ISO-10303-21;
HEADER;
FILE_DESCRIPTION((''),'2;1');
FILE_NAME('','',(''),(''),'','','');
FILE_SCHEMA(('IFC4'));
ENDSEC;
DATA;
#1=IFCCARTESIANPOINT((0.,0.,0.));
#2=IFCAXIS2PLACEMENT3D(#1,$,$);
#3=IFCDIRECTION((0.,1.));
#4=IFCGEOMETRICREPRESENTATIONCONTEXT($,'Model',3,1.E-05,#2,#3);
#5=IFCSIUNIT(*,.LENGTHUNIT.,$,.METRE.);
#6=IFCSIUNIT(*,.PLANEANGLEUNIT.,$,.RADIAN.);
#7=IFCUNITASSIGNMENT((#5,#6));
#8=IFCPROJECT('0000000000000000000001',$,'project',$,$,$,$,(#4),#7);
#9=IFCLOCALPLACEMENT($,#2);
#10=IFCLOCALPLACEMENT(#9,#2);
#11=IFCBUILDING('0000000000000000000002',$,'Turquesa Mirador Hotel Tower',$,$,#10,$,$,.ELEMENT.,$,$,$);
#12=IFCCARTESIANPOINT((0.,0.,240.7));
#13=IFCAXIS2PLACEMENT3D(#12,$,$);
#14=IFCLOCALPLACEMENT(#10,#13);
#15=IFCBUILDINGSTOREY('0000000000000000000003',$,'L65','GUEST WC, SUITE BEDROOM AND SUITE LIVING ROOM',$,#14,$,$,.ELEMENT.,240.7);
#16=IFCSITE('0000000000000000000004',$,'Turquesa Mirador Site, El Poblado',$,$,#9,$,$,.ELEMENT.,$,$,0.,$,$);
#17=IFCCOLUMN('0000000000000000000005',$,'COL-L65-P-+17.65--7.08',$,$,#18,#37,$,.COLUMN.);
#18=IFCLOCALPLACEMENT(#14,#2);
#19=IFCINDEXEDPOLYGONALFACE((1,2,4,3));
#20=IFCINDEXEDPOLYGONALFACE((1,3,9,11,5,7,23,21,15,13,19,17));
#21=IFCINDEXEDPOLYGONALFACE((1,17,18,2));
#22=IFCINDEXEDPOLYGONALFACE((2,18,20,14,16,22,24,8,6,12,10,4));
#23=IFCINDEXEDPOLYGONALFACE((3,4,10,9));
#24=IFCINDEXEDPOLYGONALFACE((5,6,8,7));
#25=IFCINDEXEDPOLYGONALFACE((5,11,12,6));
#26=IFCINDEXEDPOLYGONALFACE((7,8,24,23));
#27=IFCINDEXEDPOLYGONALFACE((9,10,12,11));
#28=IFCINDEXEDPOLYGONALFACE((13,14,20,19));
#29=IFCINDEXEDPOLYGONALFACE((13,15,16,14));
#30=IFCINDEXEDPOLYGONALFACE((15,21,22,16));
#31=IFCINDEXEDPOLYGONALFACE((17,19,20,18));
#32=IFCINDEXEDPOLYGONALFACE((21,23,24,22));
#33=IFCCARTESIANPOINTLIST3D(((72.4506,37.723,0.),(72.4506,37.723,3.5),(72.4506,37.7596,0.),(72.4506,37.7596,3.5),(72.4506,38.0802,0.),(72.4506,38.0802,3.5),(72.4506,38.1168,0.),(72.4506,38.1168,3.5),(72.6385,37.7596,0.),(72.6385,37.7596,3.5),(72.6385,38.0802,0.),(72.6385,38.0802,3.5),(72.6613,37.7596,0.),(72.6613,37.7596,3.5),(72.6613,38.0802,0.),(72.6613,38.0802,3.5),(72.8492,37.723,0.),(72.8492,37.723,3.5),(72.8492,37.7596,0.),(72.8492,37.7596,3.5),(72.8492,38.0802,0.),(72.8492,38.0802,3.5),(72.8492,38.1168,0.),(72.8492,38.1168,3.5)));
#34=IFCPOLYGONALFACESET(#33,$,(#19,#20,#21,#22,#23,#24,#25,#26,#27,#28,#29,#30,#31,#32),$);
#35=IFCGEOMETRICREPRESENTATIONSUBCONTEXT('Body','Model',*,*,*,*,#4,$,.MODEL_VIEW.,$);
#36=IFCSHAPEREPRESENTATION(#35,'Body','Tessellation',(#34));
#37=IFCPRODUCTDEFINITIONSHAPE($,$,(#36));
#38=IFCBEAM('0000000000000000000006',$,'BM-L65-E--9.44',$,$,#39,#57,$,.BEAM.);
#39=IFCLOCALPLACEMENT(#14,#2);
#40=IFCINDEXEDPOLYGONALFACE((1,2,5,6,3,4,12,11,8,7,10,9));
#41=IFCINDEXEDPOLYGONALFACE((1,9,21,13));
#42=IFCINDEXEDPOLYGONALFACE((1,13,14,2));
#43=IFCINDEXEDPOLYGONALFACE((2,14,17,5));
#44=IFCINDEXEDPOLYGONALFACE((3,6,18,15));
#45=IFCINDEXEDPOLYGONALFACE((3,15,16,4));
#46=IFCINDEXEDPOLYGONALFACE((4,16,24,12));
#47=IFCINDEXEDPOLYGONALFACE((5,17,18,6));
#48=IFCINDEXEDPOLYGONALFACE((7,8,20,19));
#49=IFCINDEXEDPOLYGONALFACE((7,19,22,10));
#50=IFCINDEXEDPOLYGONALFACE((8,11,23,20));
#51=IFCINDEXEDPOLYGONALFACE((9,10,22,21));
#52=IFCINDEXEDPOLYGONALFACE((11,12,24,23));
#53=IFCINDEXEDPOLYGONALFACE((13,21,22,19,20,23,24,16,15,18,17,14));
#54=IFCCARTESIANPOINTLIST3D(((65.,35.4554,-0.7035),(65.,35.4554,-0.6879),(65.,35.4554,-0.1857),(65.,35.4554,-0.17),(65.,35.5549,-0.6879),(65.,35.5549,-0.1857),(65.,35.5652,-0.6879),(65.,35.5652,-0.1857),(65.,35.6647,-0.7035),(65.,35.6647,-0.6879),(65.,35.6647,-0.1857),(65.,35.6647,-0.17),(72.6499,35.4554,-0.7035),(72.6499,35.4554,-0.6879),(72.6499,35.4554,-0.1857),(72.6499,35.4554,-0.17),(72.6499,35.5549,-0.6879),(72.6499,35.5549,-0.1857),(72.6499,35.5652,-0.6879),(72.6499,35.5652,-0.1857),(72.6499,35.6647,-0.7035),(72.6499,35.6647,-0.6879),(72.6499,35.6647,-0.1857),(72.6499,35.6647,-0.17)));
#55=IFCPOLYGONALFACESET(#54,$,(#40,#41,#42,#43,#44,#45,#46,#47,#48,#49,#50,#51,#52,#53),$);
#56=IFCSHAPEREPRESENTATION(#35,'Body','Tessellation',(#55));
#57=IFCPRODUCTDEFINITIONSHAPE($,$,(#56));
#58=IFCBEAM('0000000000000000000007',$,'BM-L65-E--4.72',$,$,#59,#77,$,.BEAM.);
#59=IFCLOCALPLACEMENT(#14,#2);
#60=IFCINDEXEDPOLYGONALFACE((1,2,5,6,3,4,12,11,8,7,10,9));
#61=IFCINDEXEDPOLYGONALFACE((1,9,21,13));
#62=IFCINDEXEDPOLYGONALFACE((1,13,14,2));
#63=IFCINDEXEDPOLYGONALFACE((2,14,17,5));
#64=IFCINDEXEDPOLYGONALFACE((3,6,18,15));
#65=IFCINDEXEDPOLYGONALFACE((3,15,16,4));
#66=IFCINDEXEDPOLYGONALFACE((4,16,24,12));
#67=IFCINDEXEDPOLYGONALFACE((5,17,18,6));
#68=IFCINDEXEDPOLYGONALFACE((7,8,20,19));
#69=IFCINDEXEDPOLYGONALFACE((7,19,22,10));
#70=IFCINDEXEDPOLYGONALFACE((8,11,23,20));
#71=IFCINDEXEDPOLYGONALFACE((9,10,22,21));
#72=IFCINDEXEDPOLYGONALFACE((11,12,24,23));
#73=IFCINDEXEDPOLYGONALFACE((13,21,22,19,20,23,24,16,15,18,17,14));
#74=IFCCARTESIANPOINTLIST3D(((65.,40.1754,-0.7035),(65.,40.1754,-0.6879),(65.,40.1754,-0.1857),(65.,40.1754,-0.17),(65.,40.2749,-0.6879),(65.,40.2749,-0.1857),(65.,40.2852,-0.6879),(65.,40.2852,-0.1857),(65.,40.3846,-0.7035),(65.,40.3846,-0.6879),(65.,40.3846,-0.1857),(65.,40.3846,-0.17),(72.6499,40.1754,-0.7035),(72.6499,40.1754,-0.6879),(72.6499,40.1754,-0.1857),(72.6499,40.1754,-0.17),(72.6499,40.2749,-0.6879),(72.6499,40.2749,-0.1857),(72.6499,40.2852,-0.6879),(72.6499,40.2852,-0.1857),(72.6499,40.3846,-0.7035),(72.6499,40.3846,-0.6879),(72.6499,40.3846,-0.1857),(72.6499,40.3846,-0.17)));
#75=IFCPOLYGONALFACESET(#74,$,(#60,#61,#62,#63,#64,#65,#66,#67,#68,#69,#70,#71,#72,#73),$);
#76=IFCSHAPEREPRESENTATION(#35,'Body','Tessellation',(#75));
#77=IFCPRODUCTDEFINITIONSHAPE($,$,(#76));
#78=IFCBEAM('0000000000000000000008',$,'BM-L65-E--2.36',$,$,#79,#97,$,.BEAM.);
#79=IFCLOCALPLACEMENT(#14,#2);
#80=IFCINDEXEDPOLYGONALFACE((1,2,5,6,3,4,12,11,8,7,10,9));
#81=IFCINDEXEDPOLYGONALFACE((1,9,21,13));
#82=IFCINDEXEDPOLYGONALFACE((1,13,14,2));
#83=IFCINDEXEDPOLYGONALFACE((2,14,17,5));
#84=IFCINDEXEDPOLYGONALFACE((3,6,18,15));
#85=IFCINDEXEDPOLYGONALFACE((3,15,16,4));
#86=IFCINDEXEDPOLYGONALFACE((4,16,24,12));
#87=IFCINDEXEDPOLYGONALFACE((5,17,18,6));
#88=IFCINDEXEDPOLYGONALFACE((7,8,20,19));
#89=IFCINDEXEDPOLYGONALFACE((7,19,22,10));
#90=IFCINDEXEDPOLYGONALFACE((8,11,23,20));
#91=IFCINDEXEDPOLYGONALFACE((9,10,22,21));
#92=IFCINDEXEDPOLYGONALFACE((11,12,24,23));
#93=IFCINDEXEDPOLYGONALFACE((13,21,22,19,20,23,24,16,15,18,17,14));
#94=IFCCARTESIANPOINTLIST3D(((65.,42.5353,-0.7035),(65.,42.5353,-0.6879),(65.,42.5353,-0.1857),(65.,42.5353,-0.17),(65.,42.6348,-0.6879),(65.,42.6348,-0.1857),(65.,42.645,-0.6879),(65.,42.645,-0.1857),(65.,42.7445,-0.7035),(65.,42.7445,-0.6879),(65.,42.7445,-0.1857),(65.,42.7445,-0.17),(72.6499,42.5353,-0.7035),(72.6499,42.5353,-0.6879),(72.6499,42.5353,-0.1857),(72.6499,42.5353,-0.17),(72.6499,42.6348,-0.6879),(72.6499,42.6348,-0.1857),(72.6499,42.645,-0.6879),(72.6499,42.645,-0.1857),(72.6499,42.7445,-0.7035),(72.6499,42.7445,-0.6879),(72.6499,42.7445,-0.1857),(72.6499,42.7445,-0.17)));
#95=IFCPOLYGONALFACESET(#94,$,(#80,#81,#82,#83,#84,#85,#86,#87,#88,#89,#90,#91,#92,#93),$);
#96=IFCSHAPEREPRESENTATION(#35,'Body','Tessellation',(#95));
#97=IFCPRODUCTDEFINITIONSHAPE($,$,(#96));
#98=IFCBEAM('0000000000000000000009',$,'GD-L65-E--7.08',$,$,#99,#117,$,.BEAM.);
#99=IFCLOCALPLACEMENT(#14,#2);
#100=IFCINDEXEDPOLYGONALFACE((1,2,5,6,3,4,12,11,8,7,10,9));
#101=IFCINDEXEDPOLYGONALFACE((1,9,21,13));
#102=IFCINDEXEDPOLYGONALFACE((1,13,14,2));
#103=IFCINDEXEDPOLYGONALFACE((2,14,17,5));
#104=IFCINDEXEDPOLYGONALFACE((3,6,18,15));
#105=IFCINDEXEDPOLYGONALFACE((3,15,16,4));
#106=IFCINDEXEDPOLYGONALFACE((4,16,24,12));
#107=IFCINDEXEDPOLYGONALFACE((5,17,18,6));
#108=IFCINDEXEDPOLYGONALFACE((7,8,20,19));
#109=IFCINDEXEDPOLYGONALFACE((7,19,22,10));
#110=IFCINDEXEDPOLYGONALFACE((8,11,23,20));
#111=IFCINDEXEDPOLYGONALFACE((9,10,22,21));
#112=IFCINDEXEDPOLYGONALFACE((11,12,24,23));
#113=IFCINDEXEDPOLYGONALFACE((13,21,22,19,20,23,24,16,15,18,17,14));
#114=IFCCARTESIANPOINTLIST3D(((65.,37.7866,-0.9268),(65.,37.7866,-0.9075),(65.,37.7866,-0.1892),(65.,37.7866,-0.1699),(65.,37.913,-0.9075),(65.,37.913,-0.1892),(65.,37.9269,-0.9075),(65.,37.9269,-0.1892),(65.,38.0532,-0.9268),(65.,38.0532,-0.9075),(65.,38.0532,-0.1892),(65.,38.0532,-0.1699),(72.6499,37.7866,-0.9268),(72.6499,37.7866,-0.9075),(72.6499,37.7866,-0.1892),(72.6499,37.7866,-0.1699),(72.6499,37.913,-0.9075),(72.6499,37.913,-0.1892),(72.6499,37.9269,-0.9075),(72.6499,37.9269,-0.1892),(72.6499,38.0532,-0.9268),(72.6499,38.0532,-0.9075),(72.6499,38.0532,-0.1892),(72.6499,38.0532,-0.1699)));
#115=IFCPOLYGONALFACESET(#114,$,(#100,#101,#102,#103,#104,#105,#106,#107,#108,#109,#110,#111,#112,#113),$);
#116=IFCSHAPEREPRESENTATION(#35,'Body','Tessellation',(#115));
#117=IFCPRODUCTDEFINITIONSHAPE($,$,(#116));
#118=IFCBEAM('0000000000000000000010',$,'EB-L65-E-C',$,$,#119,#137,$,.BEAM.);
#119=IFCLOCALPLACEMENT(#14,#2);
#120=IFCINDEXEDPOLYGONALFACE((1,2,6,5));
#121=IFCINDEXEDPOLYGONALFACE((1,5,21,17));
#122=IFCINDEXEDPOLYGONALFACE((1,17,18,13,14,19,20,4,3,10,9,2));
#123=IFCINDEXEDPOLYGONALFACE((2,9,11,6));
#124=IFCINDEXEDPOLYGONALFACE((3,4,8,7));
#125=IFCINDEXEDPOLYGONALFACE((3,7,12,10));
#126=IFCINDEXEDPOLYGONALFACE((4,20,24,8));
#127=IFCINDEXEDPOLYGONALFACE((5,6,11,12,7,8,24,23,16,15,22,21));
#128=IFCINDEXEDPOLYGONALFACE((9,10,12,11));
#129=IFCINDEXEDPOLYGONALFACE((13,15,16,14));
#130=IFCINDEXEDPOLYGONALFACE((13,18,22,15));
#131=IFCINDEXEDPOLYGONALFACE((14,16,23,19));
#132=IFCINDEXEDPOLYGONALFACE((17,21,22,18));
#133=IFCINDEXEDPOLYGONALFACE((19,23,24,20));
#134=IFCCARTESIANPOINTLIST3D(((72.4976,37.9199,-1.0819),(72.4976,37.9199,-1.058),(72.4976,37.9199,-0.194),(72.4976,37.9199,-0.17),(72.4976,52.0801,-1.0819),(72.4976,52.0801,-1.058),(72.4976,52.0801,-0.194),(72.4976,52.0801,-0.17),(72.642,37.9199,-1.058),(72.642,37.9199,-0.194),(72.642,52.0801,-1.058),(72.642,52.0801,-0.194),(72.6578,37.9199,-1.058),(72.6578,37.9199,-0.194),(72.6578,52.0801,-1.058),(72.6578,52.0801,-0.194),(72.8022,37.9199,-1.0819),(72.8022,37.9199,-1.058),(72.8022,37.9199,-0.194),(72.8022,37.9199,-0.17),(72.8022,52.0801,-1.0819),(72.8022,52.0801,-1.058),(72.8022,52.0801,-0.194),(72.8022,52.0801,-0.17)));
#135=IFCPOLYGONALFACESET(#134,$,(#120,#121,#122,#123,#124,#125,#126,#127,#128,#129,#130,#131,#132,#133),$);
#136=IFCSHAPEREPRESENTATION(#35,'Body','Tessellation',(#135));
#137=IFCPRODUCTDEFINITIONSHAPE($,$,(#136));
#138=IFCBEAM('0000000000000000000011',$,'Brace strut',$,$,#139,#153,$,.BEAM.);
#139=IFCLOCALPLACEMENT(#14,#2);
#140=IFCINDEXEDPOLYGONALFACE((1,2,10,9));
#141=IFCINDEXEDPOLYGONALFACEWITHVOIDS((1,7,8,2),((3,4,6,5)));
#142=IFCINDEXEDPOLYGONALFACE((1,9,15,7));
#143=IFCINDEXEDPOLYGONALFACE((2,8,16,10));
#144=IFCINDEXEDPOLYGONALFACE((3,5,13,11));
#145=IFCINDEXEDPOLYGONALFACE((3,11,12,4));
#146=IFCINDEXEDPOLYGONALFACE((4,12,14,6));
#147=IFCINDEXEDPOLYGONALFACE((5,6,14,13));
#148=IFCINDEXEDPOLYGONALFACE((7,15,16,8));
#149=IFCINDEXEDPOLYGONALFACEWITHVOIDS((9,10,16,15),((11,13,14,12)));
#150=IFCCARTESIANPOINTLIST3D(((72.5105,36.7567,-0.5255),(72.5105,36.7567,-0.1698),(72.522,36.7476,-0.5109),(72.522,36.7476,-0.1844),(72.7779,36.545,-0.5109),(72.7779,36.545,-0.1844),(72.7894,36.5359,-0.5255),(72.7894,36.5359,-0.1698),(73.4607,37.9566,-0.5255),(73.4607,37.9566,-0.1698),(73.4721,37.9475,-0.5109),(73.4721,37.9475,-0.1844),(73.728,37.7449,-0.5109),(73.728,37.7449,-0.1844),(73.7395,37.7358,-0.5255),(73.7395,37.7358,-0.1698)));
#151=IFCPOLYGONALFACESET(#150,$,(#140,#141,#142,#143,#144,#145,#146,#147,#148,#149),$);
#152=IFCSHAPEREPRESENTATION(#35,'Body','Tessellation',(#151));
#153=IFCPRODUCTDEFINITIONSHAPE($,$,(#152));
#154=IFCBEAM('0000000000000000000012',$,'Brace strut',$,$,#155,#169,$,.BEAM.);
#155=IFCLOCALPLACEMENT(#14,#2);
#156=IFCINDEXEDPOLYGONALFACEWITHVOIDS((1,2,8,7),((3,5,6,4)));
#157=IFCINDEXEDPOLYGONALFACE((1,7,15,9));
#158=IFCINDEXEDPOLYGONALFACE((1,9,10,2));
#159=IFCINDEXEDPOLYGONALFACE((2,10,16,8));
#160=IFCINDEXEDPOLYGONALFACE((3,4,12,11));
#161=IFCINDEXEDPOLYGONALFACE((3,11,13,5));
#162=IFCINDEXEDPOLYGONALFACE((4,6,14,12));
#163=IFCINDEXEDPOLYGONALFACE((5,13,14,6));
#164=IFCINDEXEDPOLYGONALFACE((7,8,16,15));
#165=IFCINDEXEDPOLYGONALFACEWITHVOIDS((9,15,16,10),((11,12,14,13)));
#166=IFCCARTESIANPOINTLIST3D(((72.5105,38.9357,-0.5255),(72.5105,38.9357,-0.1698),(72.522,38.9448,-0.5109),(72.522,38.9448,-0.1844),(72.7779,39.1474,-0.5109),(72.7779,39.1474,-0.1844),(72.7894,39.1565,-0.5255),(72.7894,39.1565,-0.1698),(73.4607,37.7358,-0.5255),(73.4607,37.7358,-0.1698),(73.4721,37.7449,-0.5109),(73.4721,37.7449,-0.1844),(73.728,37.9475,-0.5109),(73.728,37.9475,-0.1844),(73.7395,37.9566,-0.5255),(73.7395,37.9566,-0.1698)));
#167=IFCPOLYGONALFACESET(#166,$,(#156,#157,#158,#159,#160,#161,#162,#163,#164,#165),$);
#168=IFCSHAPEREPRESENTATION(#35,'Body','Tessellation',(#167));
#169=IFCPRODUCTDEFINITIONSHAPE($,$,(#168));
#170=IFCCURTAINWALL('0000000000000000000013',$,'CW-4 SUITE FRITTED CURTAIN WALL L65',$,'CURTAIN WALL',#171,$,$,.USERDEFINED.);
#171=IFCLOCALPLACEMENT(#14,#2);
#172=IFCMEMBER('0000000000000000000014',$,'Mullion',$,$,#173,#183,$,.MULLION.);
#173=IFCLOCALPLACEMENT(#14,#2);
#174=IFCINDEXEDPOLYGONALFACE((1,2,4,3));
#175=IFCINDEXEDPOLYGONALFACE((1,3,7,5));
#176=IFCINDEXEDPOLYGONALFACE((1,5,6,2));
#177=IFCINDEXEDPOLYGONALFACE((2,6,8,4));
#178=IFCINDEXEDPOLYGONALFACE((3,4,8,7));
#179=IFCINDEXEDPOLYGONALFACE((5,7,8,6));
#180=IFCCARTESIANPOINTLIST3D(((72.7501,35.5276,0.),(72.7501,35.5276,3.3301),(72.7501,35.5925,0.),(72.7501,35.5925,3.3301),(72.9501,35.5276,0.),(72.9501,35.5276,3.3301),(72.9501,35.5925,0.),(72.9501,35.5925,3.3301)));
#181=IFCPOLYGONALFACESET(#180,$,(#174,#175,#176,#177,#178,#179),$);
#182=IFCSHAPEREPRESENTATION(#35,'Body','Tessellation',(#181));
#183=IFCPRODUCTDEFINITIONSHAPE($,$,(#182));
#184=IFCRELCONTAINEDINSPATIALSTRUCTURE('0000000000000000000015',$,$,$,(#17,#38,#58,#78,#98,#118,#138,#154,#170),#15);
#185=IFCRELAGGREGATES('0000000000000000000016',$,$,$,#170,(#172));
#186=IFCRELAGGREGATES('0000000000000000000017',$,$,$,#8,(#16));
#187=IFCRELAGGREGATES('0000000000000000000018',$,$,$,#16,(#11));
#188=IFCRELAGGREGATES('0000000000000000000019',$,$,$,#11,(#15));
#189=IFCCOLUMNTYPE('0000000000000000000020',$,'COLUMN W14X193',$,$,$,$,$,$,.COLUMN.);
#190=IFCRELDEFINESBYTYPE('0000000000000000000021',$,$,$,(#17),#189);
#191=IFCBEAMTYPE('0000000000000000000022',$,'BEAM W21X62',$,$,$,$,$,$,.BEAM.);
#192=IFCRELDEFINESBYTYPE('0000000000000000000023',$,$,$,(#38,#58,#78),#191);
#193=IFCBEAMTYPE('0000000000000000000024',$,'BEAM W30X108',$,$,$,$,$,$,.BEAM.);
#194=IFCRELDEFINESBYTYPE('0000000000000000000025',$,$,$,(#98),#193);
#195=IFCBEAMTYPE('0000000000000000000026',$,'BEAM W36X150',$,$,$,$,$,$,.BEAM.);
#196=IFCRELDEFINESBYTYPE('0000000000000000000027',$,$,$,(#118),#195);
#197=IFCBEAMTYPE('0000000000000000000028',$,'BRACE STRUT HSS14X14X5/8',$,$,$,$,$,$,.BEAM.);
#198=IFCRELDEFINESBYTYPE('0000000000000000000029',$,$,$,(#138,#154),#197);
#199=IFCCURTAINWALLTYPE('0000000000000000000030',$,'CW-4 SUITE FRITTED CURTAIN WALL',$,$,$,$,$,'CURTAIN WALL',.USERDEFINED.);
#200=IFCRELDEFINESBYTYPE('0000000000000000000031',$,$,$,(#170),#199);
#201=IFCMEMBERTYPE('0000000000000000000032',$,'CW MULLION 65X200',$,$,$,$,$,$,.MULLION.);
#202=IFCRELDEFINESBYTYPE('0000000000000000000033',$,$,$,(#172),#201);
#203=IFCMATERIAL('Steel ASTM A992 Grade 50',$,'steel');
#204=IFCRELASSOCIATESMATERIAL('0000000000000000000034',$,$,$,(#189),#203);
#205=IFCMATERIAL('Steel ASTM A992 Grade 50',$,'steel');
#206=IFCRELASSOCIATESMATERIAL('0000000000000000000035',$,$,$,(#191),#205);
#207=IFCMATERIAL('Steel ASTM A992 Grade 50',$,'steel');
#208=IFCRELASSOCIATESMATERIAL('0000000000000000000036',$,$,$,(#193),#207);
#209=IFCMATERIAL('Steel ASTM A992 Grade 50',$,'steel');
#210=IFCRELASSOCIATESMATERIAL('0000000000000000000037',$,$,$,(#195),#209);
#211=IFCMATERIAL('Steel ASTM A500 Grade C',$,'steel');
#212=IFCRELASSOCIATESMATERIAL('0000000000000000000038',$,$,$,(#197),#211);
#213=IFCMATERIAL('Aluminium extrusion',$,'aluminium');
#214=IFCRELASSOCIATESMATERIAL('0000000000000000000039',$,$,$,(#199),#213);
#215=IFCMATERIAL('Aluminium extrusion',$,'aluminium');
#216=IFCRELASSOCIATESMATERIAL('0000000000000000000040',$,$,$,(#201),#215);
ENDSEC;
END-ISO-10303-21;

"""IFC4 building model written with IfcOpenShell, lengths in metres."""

from ifc_helpers import new_model, si_unit, direction, frame, origin, origin_2d, place, context, subcontext, project, spatial, rectangle, hollow_rectangle, i_section, extrude, material, material_profile, profile_set, type_object, element, aggregate, save


model = new_model("IFC4")

# Units and contexts
model_context = context("Model", 3, precision=1e-05, world=origin(), true_north=direction((0.0, 1.0)))
body_context = subcontext(model_context, "Body", "Model", "MODEL_VIEW")
ifc_project = project(units=[si_unit("LENGTHUNIT", "METRE"), si_unit("PLANEANGLEUNIT", "RADIAN")], contexts=[model_context])

# Site, building, storey
site_placement = place(None, origin())
site = spatial("IfcSite", under=ifc_project, at=site_placement, Name="Turquesa Mirador Site, El Poblado", CompositionType="ELEMENT", RefElevation=0.0)
building_placement = place(site_placement, origin())
building = spatial("IfcBuilding", under=site, at=building_placement, Name="Turquesa Mirador Hotel Tower", CompositionType="ELEMENT")
storey_placement = place(building_placement, frame((0.0, 0.0, 240.7)))
storey = spatial("IfcBuildingStorey", under=building, at=storey_placement, Name="L65", Description="GUEST WC, SUITE BEDROOM AND SUITE LIVING ROOM", CompositionType="ELEMENT", Elevation=240.7)

# Column
ifc_material_1 = material(Name="Steel ASTM A992 Grade 50", Category="steel")
ifc_material_profile_1 = material_profile(ifc_material_1, i_section(OverallWidth=0.3987, OverallDepth=0.3938, WebThickness=0.0227, FlangeThickness=0.0366, at=origin_2d()), Name="W14X193")
ifc_profile_set_1 = profile_set([ifc_material_profile_1], Name="Steel ASTM A992 Grade 50")
column_type = type_object("IfcColumnType", Name="COLUMN W14X193", PredefinedType="COLUMN", material=ifc_profile_set_1)
column_placement = place(storey_placement, frame((72.6499, 37.9199, 0.0), z_axis=(0.0, 0.0, 1.0), x_axis=(1.0, 0.0, 0.0)))
element("IfcColumn", 1, at=column_placement, inside=storey, type_object=column_type, Name="COL-L65-P-+17.65--7.08", PredefinedType="COLUMN", context=body_context, shape_type="SweptSolid", body=[
    extrude(i_section(OverallWidth=0.3987, OverallDepth=0.3938, WebThickness=0.0227, FlangeThickness=0.0366, at=origin_2d()), origin(), (0.0, 0.0, 1.0), 3.5),
])

# Beams
ifc_material_2 = material(Name="Steel ASTM A992 Grade 50", Category="steel")
ifc_material_profile_2 = material_profile(ifc_material_2, i_section(OverallWidth=0.2092, OverallDepth=0.5334, WebThickness=0.0103, FlangeThickness=0.0156, at=origin_2d()), Name="W21X62")
ifc_profile_set_2 = profile_set([ifc_material_profile_2], Name="Steel ASTM A992 Grade 50")
beam_type_1 = type_object("IfcBeamType", Name="BEAM W21X62", PredefinedType="BEAM", material=ifc_profile_set_2)
for number, where, z_axis, x_axis, name in (
    (2, (72.6499, 35.5601, -0.4368), (-1.0, 0.0, 0.0), (0.0, -1.0, 0.0), "BM-L65-E--9.44"),
    (3, (72.6499, 40.28, -0.4368), (-1.0, 0.0, 0.0), (0.0, -1.0, 0.0), "BM-L65-E--4.72"),
    (4, (72.6499, 42.6399, -0.4368), (-1.0, 0.0, 0.0), (0.0, -1.0, 0.0), "BM-L65-E--2.36"),
):
    element("IfcBeam", number, at=place(storey_placement, frame(where, z_axis=z_axis, x_axis=x_axis)), inside=storey, type_object=beam_type_1, Name=name, PredefinedType="BEAM", context=body_context, shape_type="SweptSolid", body=[
        extrude(i_section(OverallWidth=0.2092, OverallDepth=0.5334, WebThickness=0.0103, FlangeThickness=0.0156, at=origin_2d()), origin(), (0.0, 0.0, 1.0), 7.6499),
    ])
ifc_material_3 = material(Name="Steel ASTM A992 Grade 50", Category="steel")
ifc_material_profile_3 = material_profile(ifc_material_3, i_section(OverallWidth=0.2666, OverallDepth=0.7568, WebThickness=0.0139, FlangeThickness=0.0193, at=origin_2d()), Name="W30X108")
ifc_profile_set_3 = profile_set([ifc_material_profile_3], Name="Steel ASTM A992 Grade 50")
beam_type_2 = type_object("IfcBeamType", Name="BEAM W30X108", PredefinedType="BEAM", material=ifc_profile_set_3)
beam_1_placement = place(storey_placement, frame((72.6499, 37.9199, -0.5483), z_axis=(-1.0, 0.0, 0.0), x_axis=(0.0, -1.0, 0.0)))
element("IfcBeam", 5, at=beam_1_placement, inside=storey, type_object=beam_type_2, Name="GD-L65-E--7.08", PredefinedType="BEAM", context=body_context, shape_type="SweptSolid", body=[
    extrude(i_section(OverallWidth=0.2666, OverallDepth=0.7568, WebThickness=0.0139, FlangeThickness=0.0193, at=origin_2d()), origin(), (0.0, 0.0, 1.0), 7.6499),
])
ifc_material_4 = material(Name="Steel ASTM A992 Grade 50", Category="steel")
ifc_material_profile_4 = material_profile(ifc_material_4, i_section(OverallWidth=0.3047, OverallDepth=0.9119, WebThickness=0.0159, FlangeThickness=0.0239, at=origin_2d()), Name="W36X150")
ifc_profile_set_4 = profile_set([ifc_material_profile_4], Name="Steel ASTM A992 Grade 50")
beam_type_3 = type_object("IfcBeamType", Name="BEAM W36X150", PredefinedType="BEAM", material=ifc_profile_set_4)
beam_2_placement = place(storey_placement, frame((72.6499, 37.9199, -0.626), z_axis=(0.0, 1.0, 0.0), x_axis=(-1.0, 0.0, 0.0)))
element("IfcBeam", 6, at=beam_2_placement, inside=storey, type_object=beam_type_3, Name="EB-L65-E-C", PredefinedType="BEAM", context=body_context, shape_type="SweptSolid", body=[
    extrude(i_section(OverallWidth=0.3047, OverallDepth=0.9119, WebThickness=0.0159, FlangeThickness=0.0239, at=origin_2d()), origin(), (0.0, 0.0, 1.0), 14.1602),
])
ifc_material_5 = material(Name="Steel ASTM A500 Grade C", Category="steel")
ifc_material_profile_5 = material_profile(ifc_material_5, hollow_rectangle(XDim=0.3557, YDim=0.3557, WallThickness=0.0146, at=origin_2d()), Name="HSS14X14X5/8")
ifc_profile_set_5 = profile_set([ifc_material_profile_5], Name="Steel ASTM A500 Grade C")
beam_type_4 = type_object("IfcBeamType", Name="BRACE STRUT HSS14X14X5/8", PredefinedType="BEAM", material=ifc_profile_set_5)
for number, where, z_axis, x_axis, name in (
    (7, (73.6001, 37.8462, -0.3477), (-0.620797, -0.783971, 0.0), (0.783971, -0.620797, 0.0), "Brace strut"),
    (8, (73.6001, 37.8462, -0.3477), (-0.620797, 0.783971, 0.0), (-0.783971, -0.620797, 0.0), "Brace strut"),
):
    element("IfcBeam", number, at=place(storey_placement, frame(where, z_axis=z_axis, x_axis=x_axis)), inside=storey, type_object=beam_type_4, Name=name, PredefinedType="BEAM", context=body_context, shape_type="SweptSolid", body=[
        extrude(hollow_rectangle(XDim=0.3557, YDim=0.3557, WallThickness=0.0146, at=origin_2d()), origin(), (0.0, 0.0, 1.0), 1.5305),
    ])

# Curtain wall, member
ifc_material_6 = material(Name="Aluminium extrusion", Category="aluminium")
curtain_wall_type = type_object("IfcCurtainWallType", Name="CW-4 SUITE FRITTED CURTAIN WALL", ElementType="CURTAIN WALL", PredefinedType="USERDEFINED", material=ifc_material_6)
curtain_wall_1_placement = place(storey_placement, origin())
curtain_wall_1 = element("IfcCurtainWall", 9, at=curtain_wall_1_placement, inside=storey, type_object=curtain_wall_type, Name="CW-4 SUITE FRITTED CURTAIN WALL L65", ObjectType="CURTAIN WALL", PredefinedType="USERDEFINED")
ifc_material_7 = material(Name="Aluminium extrusion", Category="aluminium")
ifc_material_profile_6 = material_profile(ifc_material_7, rectangle(XDim=0.0649, YDim=0.2, at=origin_2d()), Name="MULLION 65X200")
ifc_profile_set_6 = profile_set([ifc_material_profile_6], Name="Aluminium extrusion")
member_type_1 = type_object("IfcMemberType", Name="CW MULLION 65X200", PredefinedType="MULLION", material=ifc_profile_set_6)
member_1_placement = place(storey_placement, frame((72.8501, 35.5601, 0.0), z_axis=(0.0, 0.0, 1.0), x_axis=(0.0, 1.0, 0.0)))
member_1 = element("IfcMember", 10, at=member_1_placement, type_object=member_type_1, Name="Mullion", PredefinedType="MULLION", context=body_context, shape_type="SweptSolid", body=[
    extrude(rectangle(XDim=0.0649, YDim=0.2, at=origin_2d()), origin(), (0.0, 0.0, 1.0), 3.3301),
])

aggregate(curtain_wall_1, [member_1])

save(model, "model.ifc")
